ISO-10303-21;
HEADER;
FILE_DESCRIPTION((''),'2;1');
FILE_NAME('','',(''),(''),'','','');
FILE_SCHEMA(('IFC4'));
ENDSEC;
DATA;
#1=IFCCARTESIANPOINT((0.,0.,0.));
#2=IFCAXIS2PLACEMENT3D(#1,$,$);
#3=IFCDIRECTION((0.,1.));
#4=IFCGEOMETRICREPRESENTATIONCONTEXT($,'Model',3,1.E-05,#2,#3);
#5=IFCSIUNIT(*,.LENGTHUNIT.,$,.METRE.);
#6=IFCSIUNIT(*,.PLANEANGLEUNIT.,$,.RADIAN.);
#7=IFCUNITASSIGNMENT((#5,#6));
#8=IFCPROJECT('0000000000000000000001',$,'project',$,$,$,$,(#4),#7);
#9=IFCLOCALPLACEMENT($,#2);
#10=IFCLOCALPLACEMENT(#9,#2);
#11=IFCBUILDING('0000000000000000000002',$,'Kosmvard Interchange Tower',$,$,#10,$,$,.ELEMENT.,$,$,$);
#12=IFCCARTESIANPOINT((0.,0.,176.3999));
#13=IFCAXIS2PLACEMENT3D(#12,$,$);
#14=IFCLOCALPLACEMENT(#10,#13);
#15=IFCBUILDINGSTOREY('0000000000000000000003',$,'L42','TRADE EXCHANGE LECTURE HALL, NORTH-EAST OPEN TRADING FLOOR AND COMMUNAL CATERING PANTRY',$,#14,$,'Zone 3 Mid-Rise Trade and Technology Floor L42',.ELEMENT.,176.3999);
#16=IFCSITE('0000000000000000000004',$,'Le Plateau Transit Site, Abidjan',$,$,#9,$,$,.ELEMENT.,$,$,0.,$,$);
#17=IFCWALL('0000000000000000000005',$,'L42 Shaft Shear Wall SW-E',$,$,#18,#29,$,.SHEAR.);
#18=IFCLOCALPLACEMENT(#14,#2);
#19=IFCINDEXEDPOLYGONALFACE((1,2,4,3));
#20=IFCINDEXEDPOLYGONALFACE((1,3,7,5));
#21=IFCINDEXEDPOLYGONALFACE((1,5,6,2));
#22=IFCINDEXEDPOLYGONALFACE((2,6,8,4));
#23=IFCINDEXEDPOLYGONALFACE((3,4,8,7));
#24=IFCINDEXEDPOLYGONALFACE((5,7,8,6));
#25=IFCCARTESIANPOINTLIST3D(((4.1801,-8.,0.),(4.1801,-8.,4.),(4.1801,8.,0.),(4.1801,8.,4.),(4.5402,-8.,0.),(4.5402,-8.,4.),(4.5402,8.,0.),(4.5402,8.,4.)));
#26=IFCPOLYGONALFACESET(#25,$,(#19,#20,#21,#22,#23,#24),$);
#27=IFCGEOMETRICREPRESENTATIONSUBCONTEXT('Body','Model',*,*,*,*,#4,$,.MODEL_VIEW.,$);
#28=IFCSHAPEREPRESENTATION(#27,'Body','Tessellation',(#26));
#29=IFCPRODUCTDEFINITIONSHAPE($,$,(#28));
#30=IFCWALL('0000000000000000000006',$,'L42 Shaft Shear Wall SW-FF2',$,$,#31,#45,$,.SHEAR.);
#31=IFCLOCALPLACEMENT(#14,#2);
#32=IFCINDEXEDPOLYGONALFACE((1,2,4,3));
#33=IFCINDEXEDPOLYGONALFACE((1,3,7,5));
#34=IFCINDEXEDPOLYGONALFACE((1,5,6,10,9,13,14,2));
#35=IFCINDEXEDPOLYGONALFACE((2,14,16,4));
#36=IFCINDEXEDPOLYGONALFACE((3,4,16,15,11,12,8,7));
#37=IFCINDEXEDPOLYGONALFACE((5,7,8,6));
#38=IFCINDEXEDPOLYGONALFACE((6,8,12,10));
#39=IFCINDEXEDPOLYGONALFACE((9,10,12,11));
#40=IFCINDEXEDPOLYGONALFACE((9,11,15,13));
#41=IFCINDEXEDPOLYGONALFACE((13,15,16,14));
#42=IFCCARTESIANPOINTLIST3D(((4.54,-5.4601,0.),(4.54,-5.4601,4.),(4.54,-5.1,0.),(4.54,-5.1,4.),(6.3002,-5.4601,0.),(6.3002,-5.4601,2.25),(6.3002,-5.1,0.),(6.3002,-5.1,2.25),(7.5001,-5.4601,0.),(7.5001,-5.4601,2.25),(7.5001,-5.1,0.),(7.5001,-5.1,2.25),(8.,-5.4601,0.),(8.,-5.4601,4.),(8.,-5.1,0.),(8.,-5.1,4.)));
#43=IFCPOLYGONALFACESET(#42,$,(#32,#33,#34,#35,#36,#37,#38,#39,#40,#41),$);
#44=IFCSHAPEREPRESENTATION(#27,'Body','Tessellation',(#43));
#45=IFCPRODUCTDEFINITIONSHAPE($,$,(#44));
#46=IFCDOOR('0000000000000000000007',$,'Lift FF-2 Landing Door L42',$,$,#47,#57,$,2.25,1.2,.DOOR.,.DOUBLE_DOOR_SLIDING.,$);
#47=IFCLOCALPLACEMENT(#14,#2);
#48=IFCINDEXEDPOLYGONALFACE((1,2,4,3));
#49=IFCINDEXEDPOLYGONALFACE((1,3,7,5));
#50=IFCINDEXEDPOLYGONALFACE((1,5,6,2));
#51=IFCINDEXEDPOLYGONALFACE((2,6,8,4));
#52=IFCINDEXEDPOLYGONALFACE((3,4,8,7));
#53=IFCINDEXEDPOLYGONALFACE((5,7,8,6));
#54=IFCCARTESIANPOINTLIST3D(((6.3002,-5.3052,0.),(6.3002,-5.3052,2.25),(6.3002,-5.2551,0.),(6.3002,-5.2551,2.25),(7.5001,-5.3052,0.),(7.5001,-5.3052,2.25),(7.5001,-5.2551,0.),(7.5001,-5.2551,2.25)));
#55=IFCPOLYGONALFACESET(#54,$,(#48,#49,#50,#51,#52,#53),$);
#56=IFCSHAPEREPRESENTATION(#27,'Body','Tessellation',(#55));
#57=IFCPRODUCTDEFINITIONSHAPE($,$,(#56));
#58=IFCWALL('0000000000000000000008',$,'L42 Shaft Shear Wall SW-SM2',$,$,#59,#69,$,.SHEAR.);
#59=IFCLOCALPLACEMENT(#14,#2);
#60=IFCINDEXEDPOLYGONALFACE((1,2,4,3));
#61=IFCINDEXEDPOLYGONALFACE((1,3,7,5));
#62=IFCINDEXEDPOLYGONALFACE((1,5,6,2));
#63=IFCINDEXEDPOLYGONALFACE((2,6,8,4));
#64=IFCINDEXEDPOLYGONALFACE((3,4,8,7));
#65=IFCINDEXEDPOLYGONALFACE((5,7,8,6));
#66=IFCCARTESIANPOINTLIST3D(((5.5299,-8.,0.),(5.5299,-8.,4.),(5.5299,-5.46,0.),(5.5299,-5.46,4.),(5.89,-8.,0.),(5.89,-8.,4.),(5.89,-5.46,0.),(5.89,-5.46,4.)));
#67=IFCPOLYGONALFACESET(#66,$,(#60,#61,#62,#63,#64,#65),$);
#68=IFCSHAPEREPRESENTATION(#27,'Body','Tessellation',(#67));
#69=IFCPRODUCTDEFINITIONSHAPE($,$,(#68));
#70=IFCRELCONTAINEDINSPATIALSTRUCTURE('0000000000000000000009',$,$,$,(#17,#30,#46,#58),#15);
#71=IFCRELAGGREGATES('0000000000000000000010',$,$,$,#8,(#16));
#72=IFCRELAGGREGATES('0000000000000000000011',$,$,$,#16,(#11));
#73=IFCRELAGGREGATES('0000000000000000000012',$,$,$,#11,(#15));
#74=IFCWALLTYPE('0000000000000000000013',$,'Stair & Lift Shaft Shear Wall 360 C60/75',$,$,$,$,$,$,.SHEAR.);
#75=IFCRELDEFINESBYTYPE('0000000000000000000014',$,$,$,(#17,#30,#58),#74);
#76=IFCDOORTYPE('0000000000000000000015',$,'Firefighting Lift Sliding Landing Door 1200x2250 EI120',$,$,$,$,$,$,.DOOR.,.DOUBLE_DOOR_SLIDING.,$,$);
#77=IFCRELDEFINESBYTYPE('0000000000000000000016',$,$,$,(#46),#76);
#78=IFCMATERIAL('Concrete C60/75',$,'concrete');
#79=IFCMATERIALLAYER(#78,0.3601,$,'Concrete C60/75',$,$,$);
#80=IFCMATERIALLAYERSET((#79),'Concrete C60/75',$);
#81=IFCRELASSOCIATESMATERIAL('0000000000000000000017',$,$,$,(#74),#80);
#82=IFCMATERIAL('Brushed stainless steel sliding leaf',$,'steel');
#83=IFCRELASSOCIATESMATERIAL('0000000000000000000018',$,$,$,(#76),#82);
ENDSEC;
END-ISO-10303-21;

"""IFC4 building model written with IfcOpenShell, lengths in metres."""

from ifc_helpers import new_model, si_unit, direction, frame, frame_2d, origin, place, context, subcontext, project, spatial, rectangle, extrude, source, transform, mapped, material, layer, layer_set, type_object, element, fill, save


model = new_model("IFC4")

# Units and contexts
model_context = context("Model", 3, precision=1e-05, world=origin(), true_north=direction((0.0, 1.0)))
body_context = subcontext(model_context, "Body", "Model", "MODEL_VIEW")
ifc_project = project(units=[si_unit("LENGTHUNIT", "METRE"), si_unit("PLANEANGLEUNIT", "RADIAN")], contexts=[model_context])

# Site, building, storey
site_placement = place(None, origin())
site = spatial("IfcSite", under=ifc_project, at=site_placement, Name="Le Plateau Transit Site, Abidjan", CompositionType="ELEMENT", RefElevation=0.0)
building_placement = place(site_placement, origin())
building = spatial("IfcBuilding", under=site, at=building_placement, Name="Kosmvard Interchange Tower", CompositionType="ELEMENT")
storey_placement = place(building_placement, frame((0.0, 0.0, 176.3999)))
storey = spatial("IfcBuildingStorey", under=building, at=storey_placement, Name="L42", Description="TRADE EXCHANGE LECTURE HALL, NORTH-EAST OPEN TRADING FLOOR AND COMMUNAL CATERING PANTRY", LongName="Zone 3 Mid-Rise Trade and Technology Floor L42", CompositionType="ELEMENT", Elevation=176.3999)

# Shared definitions
ifc_material_1 = material(Name="Concrete C60/75", Category="concrete")

# Shared definitions
ifc_material_2 = material(Name="Brushed stainless steel sliding leaf", Category="steel")

# Wall
ifc_layer_1 = layer(ifc_material_1, 0.3601, Name="Concrete C60/75")
ifc_layer_set_1 = layer_set([ifc_layer_1], Name="Concrete C60/75")
wall_type_1 = type_object("IfcWallType", Name="Stair & Lift Shaft Shear Wall 360 C60/75", PredefinedType="SHEAR", material=ifc_layer_set_1)
wall_1_placement = place(storey_placement, frame((4.3601, -8.0, 0.0), z_axis=(0.0, 0.0, 1.0), x_axis=(0.0, 1.0, 0.0)))
element("IfcWall", 1, at=wall_1_placement, inside=storey, type_object=wall_type_1, Name="L42 Shaft Shear Wall SW-E", PredefinedType="SHEAR", context=body_context, shape_type="SweptSolid", body=[
    extrude(rectangle(XDim=16.0, YDim=0.3601, at=frame_2d((8.0, 0.0))), origin(), (0.0, 0.0, 1.0), 4.0),
])

# Wall, opening, door
wall_2_placement = place(storey_placement, frame((4.54, -5.28, 0.0), z_axis=(0.0, 0.0, 1.0), x_axis=(1.0, 0.0, 0.0)))
wall_2 = element("IfcWall", 2, at=wall_2_placement, inside=storey, type_object=wall_type_1, Name="L42 Shaft Shear Wall SW-FF2", PredefinedType="SHEAR", context=body_context, shape_type="SweptSolid", body=[
    extrude(rectangle(XDim=3.46, YDim=0.3601, at=frame_2d((1.73, 0.0))), origin(), (0.0, 0.0, 1.0), 4.0),
])
opening_1_placement = place(wall_2_placement, frame((1.76, 0.0, 0.0)))
opening_1 = element("IfcOpeningElement", 3, at=opening_1_placement, cuts=wall_2, PredefinedType="OPENING", context=body_context, shape_type="SweptSolid", body=[
    extrude(rectangle(XDim=1.2, YDim=2.25, at=frame_2d((0.6001, 1.125))), frame((0.0, 0.1899, 0.0), z_axis=(0.0, -1.0, 0.0), x_axis=(1.0, 0.0, 0.0)), (0.0, 0.0, 1.0), 0.3801),
])
door_type_1 = type_object("IfcDoorType", Name="Firefighting Lift Sliding Landing Door 1200x2250 EI120", OperationType="DOUBLE_DOOR_SLIDING", PredefinedType="DOOR", material=ifc_material_2)
shared_shape_1 = source(origin(), body_context, "Body", "SweptSolid", [
    extrude(rectangle(XDim=1.2, YDim=2.25, at=frame_2d((0.6001, 1.125))), frame((0.0, 0.0249, 0.0), z_axis=(0.0, -1.0, 0.0), x_axis=(1.0, 0.0, 0.0)), (0.0, 0.0, 1.0), 0.05),
])
door_1_placement = place(opening_1_placement, origin())
door_1 = element("IfcDoor", 4, at=door_1_placement, inside=storey, type_object=door_type_1, Name="Lift FF-2 Landing Door L42", OperationType="DOUBLE_DOOR_SLIDING", OverallHeight=2.25, OverallWidth=1.2, PredefinedType="DOOR", context=body_context, shape_type="MappedRepresentation", body=[
    mapped(shared_shape_1, transform((0.0, 0.0, 0.0), scale=1.0)),
])
fill(opening_1, door_1)

# Wall
wall_3_placement = place(storey_placement, frame((5.71, -8.0, 0.0), z_axis=(0.0, 0.0, 1.0), x_axis=(0.0, 1.0, 0.0)))
element("IfcWall", 5, at=wall_3_placement, inside=storey, type_object=wall_type_1, Name="L42 Shaft Shear Wall SW-SM2", PredefinedType="SHEAR", context=body_context, shape_type="SweptSolid", body=[
    extrude(rectangle(XDim=2.54, YDim=0.3601, at=frame_2d((1.27, 0.0))), origin(), (0.0, 0.0, 1.0), 4.0),
])

save(model, "model.ifc")
